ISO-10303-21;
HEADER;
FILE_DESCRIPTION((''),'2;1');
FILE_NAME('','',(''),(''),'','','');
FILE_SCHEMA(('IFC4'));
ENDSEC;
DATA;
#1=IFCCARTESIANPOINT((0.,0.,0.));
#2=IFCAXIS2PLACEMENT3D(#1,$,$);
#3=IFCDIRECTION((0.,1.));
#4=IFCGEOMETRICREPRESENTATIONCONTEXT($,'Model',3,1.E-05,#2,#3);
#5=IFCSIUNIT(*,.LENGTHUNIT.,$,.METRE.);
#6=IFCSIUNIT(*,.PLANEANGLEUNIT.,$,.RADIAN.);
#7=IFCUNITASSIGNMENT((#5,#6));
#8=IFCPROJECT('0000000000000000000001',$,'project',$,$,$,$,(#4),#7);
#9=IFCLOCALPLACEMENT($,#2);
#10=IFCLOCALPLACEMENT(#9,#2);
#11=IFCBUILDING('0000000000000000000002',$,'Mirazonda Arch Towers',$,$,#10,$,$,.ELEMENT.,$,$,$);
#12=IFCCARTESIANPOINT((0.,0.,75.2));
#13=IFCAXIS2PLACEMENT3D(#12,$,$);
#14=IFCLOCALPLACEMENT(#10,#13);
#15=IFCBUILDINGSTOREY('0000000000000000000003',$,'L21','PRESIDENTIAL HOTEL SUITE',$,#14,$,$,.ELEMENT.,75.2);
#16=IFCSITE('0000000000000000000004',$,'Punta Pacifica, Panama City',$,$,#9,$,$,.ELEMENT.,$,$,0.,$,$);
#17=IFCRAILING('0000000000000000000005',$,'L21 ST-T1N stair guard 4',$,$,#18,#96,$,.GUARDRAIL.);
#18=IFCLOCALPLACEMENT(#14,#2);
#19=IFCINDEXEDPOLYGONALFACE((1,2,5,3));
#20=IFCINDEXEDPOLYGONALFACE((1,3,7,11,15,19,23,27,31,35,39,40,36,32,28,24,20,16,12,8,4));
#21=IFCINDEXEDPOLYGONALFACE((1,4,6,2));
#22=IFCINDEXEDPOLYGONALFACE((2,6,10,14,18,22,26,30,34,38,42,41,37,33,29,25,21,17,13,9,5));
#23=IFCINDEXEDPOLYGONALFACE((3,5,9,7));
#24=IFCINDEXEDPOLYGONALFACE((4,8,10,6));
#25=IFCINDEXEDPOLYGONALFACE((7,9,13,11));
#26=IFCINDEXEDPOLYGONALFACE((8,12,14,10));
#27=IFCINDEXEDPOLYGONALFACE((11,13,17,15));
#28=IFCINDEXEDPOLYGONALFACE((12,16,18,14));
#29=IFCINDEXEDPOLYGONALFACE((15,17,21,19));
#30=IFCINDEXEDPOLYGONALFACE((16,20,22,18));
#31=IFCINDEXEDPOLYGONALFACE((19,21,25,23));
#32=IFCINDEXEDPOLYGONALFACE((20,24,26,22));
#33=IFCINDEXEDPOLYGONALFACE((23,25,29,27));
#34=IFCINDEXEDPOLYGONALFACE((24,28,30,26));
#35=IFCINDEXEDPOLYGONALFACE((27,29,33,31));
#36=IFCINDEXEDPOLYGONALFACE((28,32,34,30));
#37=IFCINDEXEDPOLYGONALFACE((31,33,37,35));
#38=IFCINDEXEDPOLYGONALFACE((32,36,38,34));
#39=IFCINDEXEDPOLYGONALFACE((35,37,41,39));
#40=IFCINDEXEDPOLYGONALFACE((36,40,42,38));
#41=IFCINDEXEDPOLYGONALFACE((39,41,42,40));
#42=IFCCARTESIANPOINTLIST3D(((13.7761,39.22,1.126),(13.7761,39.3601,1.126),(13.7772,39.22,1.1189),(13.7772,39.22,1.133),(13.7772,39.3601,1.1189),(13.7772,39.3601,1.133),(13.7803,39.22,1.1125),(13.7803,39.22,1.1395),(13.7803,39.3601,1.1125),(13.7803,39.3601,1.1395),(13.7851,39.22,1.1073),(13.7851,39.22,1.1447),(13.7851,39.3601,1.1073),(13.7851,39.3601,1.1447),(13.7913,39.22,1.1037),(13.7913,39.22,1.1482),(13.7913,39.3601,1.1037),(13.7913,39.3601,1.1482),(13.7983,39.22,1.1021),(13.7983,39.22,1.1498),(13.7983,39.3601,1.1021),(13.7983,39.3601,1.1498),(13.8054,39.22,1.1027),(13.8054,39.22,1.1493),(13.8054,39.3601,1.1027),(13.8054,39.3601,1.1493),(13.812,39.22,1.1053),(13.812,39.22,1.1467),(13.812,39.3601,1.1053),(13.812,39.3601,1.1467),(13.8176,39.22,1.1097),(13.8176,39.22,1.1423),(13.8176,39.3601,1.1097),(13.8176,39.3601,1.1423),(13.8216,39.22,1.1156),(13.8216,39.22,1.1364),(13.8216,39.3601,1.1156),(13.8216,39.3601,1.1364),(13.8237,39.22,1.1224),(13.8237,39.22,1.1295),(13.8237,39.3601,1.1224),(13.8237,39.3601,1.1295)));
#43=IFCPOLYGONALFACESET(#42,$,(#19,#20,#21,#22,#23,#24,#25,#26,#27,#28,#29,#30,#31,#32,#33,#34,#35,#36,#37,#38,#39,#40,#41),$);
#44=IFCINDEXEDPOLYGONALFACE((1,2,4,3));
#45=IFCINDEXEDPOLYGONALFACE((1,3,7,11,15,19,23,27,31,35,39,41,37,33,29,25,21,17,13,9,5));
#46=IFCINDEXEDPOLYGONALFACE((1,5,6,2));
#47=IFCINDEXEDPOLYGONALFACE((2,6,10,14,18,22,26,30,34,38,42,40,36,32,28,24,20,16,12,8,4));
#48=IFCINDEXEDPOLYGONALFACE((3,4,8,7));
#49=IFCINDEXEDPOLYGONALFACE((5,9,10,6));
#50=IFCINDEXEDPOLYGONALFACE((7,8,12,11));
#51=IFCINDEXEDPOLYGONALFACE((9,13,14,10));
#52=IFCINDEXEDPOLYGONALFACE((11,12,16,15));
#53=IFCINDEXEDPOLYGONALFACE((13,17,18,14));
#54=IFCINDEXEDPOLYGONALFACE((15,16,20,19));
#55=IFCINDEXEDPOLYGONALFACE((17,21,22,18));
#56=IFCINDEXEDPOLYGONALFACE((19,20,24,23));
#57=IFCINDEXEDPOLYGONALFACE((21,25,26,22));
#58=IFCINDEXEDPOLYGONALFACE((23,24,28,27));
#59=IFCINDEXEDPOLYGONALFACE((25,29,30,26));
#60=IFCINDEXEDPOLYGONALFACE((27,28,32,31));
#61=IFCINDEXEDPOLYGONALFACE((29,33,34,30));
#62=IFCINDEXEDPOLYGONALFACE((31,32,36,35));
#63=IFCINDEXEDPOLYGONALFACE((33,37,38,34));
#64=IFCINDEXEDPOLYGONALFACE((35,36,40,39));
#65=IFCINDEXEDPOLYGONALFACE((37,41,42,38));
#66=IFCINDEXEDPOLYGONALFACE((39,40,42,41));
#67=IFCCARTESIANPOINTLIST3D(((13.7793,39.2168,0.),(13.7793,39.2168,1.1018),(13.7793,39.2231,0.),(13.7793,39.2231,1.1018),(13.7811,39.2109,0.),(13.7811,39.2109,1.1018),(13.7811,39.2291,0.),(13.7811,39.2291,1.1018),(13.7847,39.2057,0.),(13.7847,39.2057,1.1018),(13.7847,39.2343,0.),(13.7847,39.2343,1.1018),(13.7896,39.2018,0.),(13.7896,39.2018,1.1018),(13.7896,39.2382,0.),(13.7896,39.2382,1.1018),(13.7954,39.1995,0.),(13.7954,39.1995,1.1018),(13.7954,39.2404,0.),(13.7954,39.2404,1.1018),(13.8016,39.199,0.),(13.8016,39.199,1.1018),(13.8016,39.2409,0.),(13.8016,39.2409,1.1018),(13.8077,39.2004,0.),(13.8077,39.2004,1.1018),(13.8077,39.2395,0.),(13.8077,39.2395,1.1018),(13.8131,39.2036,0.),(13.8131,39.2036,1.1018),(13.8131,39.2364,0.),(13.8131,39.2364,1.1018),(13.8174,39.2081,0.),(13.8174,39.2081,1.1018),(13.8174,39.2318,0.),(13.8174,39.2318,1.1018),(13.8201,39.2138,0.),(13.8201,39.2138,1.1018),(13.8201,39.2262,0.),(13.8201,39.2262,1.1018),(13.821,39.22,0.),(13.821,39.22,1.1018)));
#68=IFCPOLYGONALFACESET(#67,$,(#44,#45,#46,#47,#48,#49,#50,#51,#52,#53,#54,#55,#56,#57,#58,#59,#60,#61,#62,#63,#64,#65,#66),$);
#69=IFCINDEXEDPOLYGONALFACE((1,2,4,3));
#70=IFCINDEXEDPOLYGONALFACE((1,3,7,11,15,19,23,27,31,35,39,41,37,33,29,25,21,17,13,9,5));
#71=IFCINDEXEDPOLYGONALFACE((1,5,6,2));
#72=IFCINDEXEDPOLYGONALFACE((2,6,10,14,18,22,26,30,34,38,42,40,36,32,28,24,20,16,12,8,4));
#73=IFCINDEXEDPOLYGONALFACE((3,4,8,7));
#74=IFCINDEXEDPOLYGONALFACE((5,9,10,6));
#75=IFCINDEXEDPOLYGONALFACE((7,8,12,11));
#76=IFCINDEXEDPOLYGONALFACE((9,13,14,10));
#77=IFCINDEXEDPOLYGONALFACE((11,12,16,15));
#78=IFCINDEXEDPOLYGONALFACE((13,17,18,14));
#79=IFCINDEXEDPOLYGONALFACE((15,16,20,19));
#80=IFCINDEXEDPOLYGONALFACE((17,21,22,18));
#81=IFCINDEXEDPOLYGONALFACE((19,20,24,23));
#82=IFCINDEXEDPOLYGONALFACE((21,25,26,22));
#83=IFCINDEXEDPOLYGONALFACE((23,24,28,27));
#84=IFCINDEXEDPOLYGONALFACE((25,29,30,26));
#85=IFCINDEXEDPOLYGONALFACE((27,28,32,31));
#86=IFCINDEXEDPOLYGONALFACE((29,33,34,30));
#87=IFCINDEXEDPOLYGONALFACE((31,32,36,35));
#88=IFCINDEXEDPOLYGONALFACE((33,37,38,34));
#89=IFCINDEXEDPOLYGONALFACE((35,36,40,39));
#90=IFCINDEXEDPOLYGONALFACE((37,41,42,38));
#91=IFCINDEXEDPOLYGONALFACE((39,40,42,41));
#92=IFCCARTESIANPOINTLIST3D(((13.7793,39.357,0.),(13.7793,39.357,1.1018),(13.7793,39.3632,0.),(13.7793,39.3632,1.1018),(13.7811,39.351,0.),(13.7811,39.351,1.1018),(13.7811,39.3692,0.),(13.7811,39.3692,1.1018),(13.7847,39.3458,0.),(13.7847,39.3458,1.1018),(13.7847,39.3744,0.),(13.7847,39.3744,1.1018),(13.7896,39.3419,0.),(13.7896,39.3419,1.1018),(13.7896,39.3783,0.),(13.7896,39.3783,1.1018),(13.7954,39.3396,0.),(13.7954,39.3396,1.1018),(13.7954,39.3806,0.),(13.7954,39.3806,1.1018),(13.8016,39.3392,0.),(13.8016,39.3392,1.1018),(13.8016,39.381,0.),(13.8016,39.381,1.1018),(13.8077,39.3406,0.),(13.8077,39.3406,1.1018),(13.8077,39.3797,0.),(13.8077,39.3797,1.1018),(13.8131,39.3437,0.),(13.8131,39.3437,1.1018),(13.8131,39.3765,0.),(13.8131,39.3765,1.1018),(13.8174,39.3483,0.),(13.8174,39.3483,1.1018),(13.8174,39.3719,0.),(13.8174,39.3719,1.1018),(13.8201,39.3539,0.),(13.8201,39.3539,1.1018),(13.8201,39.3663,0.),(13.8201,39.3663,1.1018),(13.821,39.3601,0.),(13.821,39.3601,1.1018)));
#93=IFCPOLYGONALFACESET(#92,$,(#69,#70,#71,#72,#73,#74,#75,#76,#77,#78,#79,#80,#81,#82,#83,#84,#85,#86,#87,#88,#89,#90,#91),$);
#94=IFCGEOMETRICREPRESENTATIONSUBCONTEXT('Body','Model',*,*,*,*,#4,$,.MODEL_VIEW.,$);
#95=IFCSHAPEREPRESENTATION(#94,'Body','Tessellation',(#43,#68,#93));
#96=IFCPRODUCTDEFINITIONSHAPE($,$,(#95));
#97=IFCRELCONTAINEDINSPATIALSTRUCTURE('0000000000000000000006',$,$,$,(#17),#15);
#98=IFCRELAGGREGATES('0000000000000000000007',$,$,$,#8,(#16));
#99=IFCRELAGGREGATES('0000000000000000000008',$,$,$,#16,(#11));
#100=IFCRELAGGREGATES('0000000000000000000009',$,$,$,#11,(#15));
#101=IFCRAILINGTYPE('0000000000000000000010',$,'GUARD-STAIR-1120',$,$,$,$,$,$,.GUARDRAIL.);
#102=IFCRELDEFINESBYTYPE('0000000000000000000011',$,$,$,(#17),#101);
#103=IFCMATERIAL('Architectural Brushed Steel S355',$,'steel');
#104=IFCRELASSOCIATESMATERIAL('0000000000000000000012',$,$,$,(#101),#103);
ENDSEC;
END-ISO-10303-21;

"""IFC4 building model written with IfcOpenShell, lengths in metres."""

from ifc_helpers import new_model, si_unit, direction, frame, origin, origin_2d, place, context, subcontext, project, spatial, circle, extrude, material, type_object, element, save


model = new_model("IFC4")

# Units and contexts
model_context = context("Model", 3, precision=1e-05, world=origin(), true_north=direction((0.0, 1.0)))
body_context = subcontext(model_context, "Body", "Model", "MODEL_VIEW")
ifc_project = project(units=[si_unit("LENGTHUNIT", "METRE"), si_unit("PLANEANGLEUNIT", "RADIAN")], contexts=[model_context])

# Site, building, storey
site_placement = place(None, origin())
site = spatial("IfcSite", under=ifc_project, at=site_placement, Name="Punta Pacifica, Panama City", CompositionType="ELEMENT", RefElevation=0.0)
building_placement = place(site_placement, origin())
building = spatial("IfcBuilding", under=site, at=building_placement, Name="Mirazonda Arch Towers", CompositionType="ELEMENT")
storey_placement = place(building_placement, frame((0.0, 0.0, 75.2)))
storey = spatial("IfcBuildingStorey", under=building, at=storey_placement, Name="L21", Description="PRESIDENTIAL HOTEL SUITE", CompositionType="ELEMENT", Elevation=75.2)

# Shared definitions
ifc_material_1 = material(Name="Architectural Brushed Steel S355", Category="steel")

# Railing
railing_type_1 = type_object("IfcRailingType", Name="GUARD-STAIR-1120", PredefinedType="GUARDRAIL", material=ifc_material_1)
railing_1_placement = place(storey_placement, frame((13.8, 39.22, 0.0)))
element("IfcRailing", 1, at=railing_1_placement, inside=storey, type_object=railing_type_1, Name="L21 ST-T1N stair guard 4", PredefinedType="GUARDRAIL", context=body_context, shape_type="SweptSolid", body=[
    extrude(circle(Radius=0.0239, at=origin_2d()), frame((0.0, 0.0, 1.126), z_axis=(0.0, 1.0, 0.0), x_axis=(-1.0, 0.0, 0.0)), (0.0, 0.0, 1.0), 0.1401),
    extrude(circle(Radius=0.021, at=origin_2d()), origin(), (0.0, 0.0, 1.0), 1.1018),
    extrude(circle(Radius=0.021, at=origin_2d()), frame((0.0, 0.1401, 0.0)), (0.0, 0.0, 1.0), 1.1018),
])

save(model, "model.ifc")
